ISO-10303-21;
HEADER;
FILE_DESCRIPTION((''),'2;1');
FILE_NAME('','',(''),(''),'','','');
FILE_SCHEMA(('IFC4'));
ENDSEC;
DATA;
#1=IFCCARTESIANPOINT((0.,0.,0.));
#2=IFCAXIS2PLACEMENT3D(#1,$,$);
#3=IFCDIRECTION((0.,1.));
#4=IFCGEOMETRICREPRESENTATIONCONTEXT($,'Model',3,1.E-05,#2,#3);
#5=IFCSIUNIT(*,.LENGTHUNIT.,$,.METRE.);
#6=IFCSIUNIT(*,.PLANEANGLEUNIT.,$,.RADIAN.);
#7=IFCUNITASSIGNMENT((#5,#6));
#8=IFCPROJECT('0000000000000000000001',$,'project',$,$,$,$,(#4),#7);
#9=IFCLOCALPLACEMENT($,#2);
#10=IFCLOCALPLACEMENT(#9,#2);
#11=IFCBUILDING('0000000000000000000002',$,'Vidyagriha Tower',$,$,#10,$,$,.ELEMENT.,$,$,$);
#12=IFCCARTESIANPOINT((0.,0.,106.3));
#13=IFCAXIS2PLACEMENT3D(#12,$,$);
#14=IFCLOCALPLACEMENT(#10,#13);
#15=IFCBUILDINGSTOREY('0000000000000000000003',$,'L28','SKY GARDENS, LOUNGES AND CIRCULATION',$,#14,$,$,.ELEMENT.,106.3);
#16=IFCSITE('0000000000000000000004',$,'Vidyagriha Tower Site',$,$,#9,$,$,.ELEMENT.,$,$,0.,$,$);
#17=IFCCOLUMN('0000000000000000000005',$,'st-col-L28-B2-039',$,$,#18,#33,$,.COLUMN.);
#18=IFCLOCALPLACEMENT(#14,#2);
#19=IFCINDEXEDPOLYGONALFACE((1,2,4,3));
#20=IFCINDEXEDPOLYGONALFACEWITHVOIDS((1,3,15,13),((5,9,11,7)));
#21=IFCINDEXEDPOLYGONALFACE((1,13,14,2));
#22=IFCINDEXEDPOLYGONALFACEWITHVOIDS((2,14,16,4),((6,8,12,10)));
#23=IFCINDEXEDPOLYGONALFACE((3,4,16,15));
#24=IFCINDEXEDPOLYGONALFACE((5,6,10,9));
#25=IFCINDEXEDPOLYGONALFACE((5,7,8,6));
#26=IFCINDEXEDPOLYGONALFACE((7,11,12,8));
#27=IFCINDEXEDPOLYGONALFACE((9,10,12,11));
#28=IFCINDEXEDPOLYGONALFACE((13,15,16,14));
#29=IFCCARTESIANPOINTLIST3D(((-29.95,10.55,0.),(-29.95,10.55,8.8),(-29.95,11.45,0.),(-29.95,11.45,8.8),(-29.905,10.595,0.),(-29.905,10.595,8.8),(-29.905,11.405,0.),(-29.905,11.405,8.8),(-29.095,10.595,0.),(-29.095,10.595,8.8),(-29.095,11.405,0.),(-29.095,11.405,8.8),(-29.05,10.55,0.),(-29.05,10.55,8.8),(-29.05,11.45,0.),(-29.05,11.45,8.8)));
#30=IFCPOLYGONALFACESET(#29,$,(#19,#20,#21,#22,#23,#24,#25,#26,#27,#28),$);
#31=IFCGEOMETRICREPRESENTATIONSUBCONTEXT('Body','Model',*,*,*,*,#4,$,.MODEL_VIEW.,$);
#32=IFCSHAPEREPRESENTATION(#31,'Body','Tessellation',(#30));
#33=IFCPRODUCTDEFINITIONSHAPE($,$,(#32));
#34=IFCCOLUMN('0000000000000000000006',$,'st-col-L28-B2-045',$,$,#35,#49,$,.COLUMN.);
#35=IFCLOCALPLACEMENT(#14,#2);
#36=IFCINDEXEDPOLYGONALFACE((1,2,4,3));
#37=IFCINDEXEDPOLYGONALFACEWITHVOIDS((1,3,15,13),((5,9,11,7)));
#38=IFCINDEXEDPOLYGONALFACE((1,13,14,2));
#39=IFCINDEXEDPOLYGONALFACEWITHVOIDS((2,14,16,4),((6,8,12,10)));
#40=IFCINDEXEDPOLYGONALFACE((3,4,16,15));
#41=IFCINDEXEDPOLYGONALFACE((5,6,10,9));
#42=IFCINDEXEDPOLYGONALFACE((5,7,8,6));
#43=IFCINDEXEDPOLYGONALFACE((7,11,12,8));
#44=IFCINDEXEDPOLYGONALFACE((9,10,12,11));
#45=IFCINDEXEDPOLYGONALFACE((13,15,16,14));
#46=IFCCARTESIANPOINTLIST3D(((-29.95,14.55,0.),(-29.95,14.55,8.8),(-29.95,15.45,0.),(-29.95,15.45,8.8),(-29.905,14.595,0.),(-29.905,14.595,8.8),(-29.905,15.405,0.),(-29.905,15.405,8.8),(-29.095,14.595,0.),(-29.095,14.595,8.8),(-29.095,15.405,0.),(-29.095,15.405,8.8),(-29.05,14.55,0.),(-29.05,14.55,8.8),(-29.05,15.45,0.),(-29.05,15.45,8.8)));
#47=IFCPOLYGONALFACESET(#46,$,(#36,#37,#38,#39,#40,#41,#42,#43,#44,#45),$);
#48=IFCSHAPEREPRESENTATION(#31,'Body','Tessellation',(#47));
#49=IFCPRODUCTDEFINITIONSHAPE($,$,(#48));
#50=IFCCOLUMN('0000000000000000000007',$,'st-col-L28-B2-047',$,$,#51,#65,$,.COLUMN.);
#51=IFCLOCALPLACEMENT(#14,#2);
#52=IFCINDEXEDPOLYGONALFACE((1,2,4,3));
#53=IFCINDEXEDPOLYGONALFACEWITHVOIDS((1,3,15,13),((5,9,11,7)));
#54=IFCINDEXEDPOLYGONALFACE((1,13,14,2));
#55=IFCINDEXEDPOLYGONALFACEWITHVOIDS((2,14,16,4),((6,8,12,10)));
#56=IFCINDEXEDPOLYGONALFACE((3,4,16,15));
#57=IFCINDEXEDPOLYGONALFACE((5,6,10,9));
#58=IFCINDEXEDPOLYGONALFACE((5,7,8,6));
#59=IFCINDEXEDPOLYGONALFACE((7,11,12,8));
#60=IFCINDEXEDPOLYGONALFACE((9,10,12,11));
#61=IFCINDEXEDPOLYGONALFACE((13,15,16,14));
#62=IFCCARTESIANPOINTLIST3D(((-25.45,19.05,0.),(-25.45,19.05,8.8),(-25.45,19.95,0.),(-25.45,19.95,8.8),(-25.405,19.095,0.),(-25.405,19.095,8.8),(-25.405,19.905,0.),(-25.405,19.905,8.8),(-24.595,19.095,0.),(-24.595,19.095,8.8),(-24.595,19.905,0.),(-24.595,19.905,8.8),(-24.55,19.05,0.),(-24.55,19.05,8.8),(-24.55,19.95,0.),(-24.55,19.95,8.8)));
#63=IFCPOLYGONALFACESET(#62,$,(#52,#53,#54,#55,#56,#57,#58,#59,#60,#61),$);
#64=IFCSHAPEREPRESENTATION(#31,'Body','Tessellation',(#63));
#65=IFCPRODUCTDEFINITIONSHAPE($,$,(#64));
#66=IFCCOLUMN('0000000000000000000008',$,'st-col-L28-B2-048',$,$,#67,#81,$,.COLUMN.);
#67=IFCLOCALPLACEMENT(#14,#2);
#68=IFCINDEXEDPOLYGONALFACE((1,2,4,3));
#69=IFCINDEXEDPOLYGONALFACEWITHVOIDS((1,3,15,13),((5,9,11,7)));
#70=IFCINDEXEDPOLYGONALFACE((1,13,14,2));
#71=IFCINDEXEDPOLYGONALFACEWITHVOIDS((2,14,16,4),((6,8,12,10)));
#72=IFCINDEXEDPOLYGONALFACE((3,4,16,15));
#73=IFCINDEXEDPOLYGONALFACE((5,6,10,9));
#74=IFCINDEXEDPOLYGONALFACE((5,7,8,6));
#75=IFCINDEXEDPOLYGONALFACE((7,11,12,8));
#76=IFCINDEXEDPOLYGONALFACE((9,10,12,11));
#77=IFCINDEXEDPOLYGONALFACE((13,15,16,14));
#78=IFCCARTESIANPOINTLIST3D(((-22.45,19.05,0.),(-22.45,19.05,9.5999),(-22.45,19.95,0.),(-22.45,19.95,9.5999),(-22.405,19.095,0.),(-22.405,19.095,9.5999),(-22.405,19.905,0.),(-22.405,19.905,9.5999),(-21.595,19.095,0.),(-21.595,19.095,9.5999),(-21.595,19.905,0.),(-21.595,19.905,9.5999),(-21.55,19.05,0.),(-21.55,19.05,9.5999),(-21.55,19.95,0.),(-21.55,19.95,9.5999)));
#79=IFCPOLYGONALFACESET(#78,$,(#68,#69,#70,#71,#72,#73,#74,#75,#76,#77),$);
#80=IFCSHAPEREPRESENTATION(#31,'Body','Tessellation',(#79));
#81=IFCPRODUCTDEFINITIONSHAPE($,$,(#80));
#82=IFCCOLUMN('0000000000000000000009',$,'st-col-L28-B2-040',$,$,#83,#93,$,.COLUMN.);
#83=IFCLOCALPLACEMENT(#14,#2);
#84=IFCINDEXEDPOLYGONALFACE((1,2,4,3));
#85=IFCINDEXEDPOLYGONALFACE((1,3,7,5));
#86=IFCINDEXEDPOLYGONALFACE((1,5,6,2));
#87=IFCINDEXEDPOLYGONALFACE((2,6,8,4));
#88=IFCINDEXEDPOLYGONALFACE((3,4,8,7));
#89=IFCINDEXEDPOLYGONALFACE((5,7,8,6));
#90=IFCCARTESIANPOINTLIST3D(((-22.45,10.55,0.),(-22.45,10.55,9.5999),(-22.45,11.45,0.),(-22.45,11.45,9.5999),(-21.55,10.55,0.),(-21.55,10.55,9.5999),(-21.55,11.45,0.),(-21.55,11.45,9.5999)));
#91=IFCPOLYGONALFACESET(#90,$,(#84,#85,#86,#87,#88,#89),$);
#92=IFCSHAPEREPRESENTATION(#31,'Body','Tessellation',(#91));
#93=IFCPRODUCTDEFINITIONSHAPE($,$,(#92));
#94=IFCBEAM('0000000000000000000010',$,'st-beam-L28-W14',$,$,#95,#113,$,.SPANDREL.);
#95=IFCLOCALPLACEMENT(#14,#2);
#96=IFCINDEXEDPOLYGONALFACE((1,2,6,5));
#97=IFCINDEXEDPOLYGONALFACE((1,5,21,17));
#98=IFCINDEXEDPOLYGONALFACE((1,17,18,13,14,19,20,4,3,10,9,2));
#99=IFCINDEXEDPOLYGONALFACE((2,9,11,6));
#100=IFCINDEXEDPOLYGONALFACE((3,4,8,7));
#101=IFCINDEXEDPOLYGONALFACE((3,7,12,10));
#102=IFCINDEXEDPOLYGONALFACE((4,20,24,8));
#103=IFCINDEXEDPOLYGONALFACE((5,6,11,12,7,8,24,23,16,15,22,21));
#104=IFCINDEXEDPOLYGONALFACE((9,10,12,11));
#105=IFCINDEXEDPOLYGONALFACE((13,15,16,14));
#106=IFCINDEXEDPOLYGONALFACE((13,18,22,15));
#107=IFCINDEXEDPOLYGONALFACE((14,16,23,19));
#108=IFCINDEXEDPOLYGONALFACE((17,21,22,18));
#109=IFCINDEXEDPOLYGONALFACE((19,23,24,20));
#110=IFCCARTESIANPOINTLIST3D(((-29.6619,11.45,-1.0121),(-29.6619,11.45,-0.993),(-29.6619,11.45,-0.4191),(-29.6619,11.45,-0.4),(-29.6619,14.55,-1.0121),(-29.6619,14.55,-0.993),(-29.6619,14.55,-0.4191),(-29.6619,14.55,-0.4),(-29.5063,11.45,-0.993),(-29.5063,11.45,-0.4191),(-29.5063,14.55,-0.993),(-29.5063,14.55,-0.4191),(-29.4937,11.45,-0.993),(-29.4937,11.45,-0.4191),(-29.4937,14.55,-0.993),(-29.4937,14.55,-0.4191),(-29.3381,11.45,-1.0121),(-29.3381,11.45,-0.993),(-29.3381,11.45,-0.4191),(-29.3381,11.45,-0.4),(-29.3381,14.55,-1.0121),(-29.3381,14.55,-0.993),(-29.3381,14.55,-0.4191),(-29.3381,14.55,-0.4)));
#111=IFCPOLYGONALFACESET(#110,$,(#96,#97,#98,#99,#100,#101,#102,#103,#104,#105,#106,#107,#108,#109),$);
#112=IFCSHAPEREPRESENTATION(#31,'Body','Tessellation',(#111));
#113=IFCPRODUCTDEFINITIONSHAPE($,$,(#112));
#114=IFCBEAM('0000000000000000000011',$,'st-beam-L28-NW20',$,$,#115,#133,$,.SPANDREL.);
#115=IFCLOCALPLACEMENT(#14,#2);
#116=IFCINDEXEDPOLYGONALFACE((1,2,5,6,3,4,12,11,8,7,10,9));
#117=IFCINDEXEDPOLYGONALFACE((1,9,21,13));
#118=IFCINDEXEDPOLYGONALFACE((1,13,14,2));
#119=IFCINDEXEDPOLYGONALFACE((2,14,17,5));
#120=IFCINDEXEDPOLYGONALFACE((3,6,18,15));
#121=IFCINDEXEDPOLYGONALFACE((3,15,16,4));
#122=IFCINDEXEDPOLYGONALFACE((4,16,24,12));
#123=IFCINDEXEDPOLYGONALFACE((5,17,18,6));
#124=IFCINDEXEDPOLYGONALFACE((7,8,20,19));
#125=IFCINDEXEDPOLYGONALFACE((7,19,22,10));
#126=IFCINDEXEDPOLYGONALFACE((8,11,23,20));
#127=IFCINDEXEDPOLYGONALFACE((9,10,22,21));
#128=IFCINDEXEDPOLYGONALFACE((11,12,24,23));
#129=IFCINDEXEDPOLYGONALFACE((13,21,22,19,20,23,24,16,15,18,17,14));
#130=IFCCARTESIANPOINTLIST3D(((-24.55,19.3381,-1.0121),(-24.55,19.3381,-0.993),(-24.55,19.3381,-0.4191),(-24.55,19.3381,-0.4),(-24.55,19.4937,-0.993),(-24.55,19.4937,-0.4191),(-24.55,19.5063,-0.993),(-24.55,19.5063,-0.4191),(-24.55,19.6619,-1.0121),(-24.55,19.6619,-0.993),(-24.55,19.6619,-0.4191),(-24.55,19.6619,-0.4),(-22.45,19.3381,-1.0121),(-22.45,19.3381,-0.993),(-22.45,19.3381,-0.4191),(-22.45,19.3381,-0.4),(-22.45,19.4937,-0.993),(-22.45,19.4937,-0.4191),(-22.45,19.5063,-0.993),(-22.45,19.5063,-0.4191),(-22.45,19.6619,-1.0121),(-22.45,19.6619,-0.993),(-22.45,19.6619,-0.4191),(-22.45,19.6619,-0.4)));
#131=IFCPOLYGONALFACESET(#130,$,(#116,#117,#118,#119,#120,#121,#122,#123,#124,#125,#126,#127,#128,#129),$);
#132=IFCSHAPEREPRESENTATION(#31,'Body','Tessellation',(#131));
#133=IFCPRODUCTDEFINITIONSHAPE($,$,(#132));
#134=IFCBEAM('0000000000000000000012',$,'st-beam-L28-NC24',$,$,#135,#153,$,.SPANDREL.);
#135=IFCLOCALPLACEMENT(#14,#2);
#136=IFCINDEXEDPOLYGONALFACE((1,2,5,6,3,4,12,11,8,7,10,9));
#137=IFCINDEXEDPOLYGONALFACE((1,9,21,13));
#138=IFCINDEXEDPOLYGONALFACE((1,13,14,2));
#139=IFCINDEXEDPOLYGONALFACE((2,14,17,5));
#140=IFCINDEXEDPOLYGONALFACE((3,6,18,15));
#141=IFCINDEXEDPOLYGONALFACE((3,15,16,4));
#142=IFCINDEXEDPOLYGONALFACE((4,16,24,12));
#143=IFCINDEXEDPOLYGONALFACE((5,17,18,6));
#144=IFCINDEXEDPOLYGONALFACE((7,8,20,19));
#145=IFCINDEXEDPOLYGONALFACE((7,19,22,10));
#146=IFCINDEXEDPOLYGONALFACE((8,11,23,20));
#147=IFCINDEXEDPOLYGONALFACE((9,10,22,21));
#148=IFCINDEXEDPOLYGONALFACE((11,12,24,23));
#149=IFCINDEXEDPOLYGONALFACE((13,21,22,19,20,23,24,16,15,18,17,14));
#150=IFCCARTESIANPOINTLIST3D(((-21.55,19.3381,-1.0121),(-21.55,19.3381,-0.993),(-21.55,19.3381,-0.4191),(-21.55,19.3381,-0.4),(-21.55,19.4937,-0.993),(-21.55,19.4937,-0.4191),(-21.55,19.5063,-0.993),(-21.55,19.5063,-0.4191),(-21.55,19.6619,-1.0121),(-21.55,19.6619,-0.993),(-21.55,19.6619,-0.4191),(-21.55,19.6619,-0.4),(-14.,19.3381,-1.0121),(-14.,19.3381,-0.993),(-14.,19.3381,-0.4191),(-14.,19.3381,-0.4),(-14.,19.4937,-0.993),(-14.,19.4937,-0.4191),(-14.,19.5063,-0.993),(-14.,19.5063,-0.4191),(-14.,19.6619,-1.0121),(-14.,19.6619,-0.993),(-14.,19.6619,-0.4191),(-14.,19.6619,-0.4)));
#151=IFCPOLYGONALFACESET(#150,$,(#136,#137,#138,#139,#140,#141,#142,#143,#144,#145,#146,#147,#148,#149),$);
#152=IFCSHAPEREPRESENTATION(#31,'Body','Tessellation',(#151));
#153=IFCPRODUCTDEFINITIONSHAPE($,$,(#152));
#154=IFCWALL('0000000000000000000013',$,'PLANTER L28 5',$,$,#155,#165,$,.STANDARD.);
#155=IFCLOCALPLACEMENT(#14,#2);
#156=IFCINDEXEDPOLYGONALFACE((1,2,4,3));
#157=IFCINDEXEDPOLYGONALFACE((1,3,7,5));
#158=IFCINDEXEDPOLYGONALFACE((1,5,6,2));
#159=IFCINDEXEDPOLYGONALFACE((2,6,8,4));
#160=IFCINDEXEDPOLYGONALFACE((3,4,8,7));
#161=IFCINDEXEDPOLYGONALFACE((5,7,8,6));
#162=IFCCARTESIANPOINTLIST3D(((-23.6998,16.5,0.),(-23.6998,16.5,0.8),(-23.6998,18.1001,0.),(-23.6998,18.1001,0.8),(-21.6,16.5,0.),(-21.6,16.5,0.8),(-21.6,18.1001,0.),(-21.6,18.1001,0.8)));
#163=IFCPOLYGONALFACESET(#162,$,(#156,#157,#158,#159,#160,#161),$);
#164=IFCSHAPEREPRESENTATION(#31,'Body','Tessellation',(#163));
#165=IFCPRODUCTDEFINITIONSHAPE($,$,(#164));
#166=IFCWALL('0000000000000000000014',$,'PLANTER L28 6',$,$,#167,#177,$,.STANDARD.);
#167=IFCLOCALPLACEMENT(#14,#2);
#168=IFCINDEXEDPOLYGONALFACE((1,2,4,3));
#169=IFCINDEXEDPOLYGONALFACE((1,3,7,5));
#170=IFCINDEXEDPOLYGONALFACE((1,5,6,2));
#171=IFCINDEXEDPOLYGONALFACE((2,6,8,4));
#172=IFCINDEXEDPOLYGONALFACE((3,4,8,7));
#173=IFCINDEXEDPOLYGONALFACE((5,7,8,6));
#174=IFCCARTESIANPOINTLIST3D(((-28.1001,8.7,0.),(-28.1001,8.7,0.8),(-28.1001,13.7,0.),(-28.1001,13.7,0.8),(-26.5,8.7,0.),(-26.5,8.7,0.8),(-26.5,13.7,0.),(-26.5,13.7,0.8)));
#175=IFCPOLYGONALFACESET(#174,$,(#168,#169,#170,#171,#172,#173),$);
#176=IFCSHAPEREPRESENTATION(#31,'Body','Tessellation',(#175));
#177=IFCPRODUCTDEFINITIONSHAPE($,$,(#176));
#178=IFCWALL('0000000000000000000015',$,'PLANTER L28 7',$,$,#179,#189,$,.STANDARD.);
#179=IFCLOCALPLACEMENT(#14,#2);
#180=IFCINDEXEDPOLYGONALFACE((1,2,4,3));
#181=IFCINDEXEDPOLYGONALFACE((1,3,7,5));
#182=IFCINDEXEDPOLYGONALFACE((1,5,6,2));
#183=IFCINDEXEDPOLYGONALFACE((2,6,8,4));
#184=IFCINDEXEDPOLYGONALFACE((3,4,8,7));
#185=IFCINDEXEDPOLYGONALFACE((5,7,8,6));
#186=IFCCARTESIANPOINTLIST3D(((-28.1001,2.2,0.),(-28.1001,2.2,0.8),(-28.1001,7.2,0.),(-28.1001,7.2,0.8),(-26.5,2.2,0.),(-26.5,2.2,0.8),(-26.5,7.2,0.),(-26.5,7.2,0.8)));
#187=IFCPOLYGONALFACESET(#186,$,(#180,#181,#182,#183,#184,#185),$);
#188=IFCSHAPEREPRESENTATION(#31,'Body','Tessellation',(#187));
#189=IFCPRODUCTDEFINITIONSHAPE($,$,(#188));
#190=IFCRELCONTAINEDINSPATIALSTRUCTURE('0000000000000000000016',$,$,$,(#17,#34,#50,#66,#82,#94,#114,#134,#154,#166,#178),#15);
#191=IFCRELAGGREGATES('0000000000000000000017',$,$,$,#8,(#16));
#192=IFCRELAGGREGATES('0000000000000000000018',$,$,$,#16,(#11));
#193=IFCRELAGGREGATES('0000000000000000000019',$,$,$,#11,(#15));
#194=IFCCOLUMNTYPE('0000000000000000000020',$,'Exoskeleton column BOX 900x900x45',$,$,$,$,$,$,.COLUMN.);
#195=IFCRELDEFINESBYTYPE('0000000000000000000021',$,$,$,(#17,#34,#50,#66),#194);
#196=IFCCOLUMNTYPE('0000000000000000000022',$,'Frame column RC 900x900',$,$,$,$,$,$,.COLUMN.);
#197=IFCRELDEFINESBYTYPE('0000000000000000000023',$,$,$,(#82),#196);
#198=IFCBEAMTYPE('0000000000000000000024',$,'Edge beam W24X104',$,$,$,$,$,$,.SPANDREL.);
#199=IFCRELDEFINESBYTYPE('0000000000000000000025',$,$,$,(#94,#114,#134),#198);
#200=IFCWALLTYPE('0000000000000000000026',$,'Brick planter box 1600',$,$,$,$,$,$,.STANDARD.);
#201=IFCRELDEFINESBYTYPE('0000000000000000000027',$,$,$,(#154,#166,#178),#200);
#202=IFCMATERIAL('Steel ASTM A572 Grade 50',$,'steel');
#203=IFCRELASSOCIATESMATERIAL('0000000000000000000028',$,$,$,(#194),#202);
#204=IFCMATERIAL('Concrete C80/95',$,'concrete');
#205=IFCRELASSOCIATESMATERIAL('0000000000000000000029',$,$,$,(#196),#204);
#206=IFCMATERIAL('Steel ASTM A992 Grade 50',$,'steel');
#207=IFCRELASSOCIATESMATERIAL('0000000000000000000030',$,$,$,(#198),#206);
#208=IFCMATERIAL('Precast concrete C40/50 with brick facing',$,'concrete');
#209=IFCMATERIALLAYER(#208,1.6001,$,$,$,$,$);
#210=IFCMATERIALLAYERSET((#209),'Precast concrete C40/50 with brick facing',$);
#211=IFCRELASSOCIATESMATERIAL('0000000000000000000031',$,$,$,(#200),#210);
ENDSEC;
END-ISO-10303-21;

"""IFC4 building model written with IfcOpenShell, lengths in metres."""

from ifc_helpers import new_model, si_unit, direction, frame, frame_2d, origin, origin_2d, place, context, subcontext, project, spatial, rectangle, hollow_rectangle, i_section, extrude, material, layer, layer_set, material_profile, profile_set, type_object, element, save


model = new_model("IFC4")

# Units and contexts
model_context = context("Model", 3, precision=1e-05, world=origin(), true_north=direction((0.0, 1.0)))
body_context = subcontext(model_context, "Body", "Model", "MODEL_VIEW")
ifc_project = project(units=[si_unit("LENGTHUNIT", "METRE"), si_unit("PLANEANGLEUNIT", "RADIAN")], contexts=[model_context])

# Site, building, storey
site_placement = place(None, origin())
site = spatial("IfcSite", under=ifc_project, at=site_placement, Name="Vidyagriha Tower Site", CompositionType="ELEMENT", RefElevation=0.0)
building_placement = place(site_placement, origin())
building = spatial("IfcBuilding", under=site, at=building_placement, Name="Vidyagriha Tower", CompositionType="ELEMENT")
storey_placement = place(building_placement, frame((0.0, 0.0, 106.3)))
storey = spatial("IfcBuildingStorey", under=building, at=storey_placement, Name="L28", Description="SKY GARDENS, LOUNGES AND CIRCULATION", CompositionType="ELEMENT", Elevation=106.3)

# Columns
ifc_material_1 = material(Name="Steel ASTM A572 Grade 50", Category="steel")
ifc_material_profile_1 = material_profile(ifc_material_1, hollow_rectangle(XDim=0.8999, YDim=0.8999, WallThickness=0.0449, at=origin_2d()), Name="BOX 900x900x45")
ifc_profile_set_1 = profile_set([ifc_material_profile_1], Name="Steel ASTM A572 Grade 50")
column_type_1 = type_object("IfcColumnType", Name="Exoskeleton column BOX 900x900x45", PredefinedType="COLUMN", material=ifc_profile_set_1)
for number, where, name in (
    (1, (-29.5, 11.0, 0.0), "st-col-L28-B2-039"),
    (2, (-29.5, 15.0, 0.0), "st-col-L28-B2-045"),
    (3, (-25.0, 19.5, 0.0), "st-col-L28-B2-047"),
):
    element("IfcColumn", number, at=place(storey_placement, frame(where)), inside=storey, type_object=column_type_1, Name=name, PredefinedType="COLUMN", context=body_context, shape_type="SweptSolid", body=[
        extrude(hollow_rectangle(XDim=0.8999, YDim=0.8999, WallThickness=0.0449, at=origin_2d()), origin(), (0.0, 0.0, 1.0), 8.8),
    ])
column_1_placement = place(storey_placement, frame((-22.0, 19.5, 0.0)))
element("IfcColumn", 4, at=column_1_placement, inside=storey, type_object=column_type_1, Name="st-col-L28-B2-048", PredefinedType="COLUMN", context=body_context, shape_type="SweptSolid", body=[
    extrude(hollow_rectangle(XDim=0.8999, YDim=0.8999, WallThickness=0.0449, at=origin_2d()), origin(), (0.0, 0.0, 1.0), 9.5999),
])
ifc_material_2 = material(Name="Concrete C80/95", Category="concrete")
ifc_material_profile_2 = material_profile(ifc_material_2, rectangle(XDim=0.8999, YDim=0.8999, at=origin_2d()), Name="RC 900x900")
ifc_profile_set_2 = profile_set([ifc_material_profile_2], Name="Concrete C80/95")
column_type_2 = type_object("IfcColumnType", Name="Frame column RC 900x900", PredefinedType="COLUMN", material=ifc_profile_set_2)
column_2_placement = place(storey_placement, frame((-22.0, 11.0, 0.0)))
element("IfcColumn", 5, at=column_2_placement, inside=storey, type_object=column_type_2, Name="st-col-L28-B2-040", PredefinedType="COLUMN", context=body_context, shape_type="SweptSolid", body=[
    extrude(rectangle(XDim=0.8999, YDim=0.8999, at=origin_2d()), origin(), (0.0, 0.0, 1.0), 9.5999),
])

# Beams
ifc_material_3 = material(Name="Steel ASTM A992 Grade 50", Category="steel")
ifc_material_profile_3 = material_profile(ifc_material_3, i_section(OverallWidth=0.3237, OverallDepth=0.6121, WebThickness=0.0127, FlangeThickness=0.019, at=origin_2d()), Name="W24X104")
ifc_profile_set_3 = profile_set([ifc_material_profile_3], Name="Steel ASTM A992 Grade 50")
beam_type = type_object("IfcBeamType", Name="Edge beam W24X104", PredefinedType="SPANDREL", material=ifc_profile_set_3)
beam_1_placement = place(storey_placement, frame((-29.5, 11.45, -0.7061), z_axis=(0.0, 1.0, 0.0), x_axis=(-1.0, 0.0, 0.0)))
element("IfcBeam", 6, at=beam_1_placement, inside=storey, type_object=beam_type, Name="st-beam-L28-W14", PredefinedType="SPANDREL", context=body_context, shape_type="SweptSolid", body=[
    extrude(i_section(OverallWidth=0.3237, OverallDepth=0.6121, WebThickness=0.0127, FlangeThickness=0.019, at=origin_2d()), origin(), (0.0, 0.0, 1.0), 3.1001),
])
beam_2_placement = place(storey_placement, frame((-24.55, 19.5, -0.7061), z_axis=(1.0, 0.0, 0.0), x_axis=(0.0, 1.0, 0.0)))
element("IfcBeam", 7, at=beam_2_placement, inside=storey, type_object=beam_type, Name="st-beam-L28-NW20", PredefinedType="SPANDREL", context=body_context, shape_type="SweptSolid", body=[
    extrude(i_section(OverallWidth=0.3237, OverallDepth=0.6121, WebThickness=0.0127, FlangeThickness=0.019, at=origin_2d()), origin(), (0.0, 0.0, 1.0), 2.1001),
])
beam_3_placement = place(storey_placement, frame((-21.55, 19.5, -0.7061), z_axis=(1.0, 0.0, 0.0), x_axis=(0.0, 1.0, 0.0)))
element("IfcBeam", 8, at=beam_3_placement, inside=storey, type_object=beam_type, Name="st-beam-L28-NC24", PredefinedType="SPANDREL", context=body_context, shape_type="SweptSolid", body=[
    extrude(i_section(OverallWidth=0.3237, OverallDepth=0.6121, WebThickness=0.0127, FlangeThickness=0.019, at=origin_2d()), origin(), (0.0, 0.0, 1.0), 7.55),
])

# Walls
ifc_material_4 = material(Name="Precast concrete C40/50 with brick facing", Category="concrete")
ifc_layer_1 = layer(ifc_material_4, 1.6001)
ifc_layer_set_1 = layer_set([ifc_layer_1], Name="Precast concrete C40/50 with brick facing")
wall_type_1 = type_object("IfcWallType", Name="Brick planter box 1600", PredefinedType="STANDARD", material=ifc_layer_set_1)
wall_1_placement = place(storey_placement, frame((-21.6001, 17.3, 0.0), z_axis=(0.0, 0.0, 1.0), x_axis=(-1.0, 0.0, 0.0)))
element("IfcWall", 9, at=wall_1_placement, inside=storey, type_object=wall_type_1, Name="PLANTER L28 5", PredefinedType="STANDARD", context=body_context, shape_type="SweptSolid", body=[
    extrude(rectangle(XDim=2.0999, YDim=1.6001, at=frame_2d((1.0498, 0.0))), origin(), (0.0, 0.0, 1.0), 0.8),
])
for number, where, z_axis, x_axis, name in (
    (10, (-27.3, 13.7, 0.0), (0.0, 0.0, 1.0), (0.0, -1.0, 0.0), "PLANTER L28 6"),
    (11, (-27.3, 7.2, 0.0), (0.0, 0.0, 1.0), (0.0, -1.0, 0.0), "PLANTER L28 7"),
):
    element("IfcWall", number, at=place(storey_placement, frame(where, z_axis=z_axis, x_axis=x_axis)), inside=storey, type_object=wall_type_1, Name=name, PredefinedType="STANDARD", context=body_context, shape_type="SweptSolid", body=[
        extrude(rectangle(XDim=5.0, YDim=1.6001, at=frame_2d((2.5, 0.0))), origin(), (0.0, 0.0, 1.0), 0.8),
    ])

save(model, "model.ifc")
